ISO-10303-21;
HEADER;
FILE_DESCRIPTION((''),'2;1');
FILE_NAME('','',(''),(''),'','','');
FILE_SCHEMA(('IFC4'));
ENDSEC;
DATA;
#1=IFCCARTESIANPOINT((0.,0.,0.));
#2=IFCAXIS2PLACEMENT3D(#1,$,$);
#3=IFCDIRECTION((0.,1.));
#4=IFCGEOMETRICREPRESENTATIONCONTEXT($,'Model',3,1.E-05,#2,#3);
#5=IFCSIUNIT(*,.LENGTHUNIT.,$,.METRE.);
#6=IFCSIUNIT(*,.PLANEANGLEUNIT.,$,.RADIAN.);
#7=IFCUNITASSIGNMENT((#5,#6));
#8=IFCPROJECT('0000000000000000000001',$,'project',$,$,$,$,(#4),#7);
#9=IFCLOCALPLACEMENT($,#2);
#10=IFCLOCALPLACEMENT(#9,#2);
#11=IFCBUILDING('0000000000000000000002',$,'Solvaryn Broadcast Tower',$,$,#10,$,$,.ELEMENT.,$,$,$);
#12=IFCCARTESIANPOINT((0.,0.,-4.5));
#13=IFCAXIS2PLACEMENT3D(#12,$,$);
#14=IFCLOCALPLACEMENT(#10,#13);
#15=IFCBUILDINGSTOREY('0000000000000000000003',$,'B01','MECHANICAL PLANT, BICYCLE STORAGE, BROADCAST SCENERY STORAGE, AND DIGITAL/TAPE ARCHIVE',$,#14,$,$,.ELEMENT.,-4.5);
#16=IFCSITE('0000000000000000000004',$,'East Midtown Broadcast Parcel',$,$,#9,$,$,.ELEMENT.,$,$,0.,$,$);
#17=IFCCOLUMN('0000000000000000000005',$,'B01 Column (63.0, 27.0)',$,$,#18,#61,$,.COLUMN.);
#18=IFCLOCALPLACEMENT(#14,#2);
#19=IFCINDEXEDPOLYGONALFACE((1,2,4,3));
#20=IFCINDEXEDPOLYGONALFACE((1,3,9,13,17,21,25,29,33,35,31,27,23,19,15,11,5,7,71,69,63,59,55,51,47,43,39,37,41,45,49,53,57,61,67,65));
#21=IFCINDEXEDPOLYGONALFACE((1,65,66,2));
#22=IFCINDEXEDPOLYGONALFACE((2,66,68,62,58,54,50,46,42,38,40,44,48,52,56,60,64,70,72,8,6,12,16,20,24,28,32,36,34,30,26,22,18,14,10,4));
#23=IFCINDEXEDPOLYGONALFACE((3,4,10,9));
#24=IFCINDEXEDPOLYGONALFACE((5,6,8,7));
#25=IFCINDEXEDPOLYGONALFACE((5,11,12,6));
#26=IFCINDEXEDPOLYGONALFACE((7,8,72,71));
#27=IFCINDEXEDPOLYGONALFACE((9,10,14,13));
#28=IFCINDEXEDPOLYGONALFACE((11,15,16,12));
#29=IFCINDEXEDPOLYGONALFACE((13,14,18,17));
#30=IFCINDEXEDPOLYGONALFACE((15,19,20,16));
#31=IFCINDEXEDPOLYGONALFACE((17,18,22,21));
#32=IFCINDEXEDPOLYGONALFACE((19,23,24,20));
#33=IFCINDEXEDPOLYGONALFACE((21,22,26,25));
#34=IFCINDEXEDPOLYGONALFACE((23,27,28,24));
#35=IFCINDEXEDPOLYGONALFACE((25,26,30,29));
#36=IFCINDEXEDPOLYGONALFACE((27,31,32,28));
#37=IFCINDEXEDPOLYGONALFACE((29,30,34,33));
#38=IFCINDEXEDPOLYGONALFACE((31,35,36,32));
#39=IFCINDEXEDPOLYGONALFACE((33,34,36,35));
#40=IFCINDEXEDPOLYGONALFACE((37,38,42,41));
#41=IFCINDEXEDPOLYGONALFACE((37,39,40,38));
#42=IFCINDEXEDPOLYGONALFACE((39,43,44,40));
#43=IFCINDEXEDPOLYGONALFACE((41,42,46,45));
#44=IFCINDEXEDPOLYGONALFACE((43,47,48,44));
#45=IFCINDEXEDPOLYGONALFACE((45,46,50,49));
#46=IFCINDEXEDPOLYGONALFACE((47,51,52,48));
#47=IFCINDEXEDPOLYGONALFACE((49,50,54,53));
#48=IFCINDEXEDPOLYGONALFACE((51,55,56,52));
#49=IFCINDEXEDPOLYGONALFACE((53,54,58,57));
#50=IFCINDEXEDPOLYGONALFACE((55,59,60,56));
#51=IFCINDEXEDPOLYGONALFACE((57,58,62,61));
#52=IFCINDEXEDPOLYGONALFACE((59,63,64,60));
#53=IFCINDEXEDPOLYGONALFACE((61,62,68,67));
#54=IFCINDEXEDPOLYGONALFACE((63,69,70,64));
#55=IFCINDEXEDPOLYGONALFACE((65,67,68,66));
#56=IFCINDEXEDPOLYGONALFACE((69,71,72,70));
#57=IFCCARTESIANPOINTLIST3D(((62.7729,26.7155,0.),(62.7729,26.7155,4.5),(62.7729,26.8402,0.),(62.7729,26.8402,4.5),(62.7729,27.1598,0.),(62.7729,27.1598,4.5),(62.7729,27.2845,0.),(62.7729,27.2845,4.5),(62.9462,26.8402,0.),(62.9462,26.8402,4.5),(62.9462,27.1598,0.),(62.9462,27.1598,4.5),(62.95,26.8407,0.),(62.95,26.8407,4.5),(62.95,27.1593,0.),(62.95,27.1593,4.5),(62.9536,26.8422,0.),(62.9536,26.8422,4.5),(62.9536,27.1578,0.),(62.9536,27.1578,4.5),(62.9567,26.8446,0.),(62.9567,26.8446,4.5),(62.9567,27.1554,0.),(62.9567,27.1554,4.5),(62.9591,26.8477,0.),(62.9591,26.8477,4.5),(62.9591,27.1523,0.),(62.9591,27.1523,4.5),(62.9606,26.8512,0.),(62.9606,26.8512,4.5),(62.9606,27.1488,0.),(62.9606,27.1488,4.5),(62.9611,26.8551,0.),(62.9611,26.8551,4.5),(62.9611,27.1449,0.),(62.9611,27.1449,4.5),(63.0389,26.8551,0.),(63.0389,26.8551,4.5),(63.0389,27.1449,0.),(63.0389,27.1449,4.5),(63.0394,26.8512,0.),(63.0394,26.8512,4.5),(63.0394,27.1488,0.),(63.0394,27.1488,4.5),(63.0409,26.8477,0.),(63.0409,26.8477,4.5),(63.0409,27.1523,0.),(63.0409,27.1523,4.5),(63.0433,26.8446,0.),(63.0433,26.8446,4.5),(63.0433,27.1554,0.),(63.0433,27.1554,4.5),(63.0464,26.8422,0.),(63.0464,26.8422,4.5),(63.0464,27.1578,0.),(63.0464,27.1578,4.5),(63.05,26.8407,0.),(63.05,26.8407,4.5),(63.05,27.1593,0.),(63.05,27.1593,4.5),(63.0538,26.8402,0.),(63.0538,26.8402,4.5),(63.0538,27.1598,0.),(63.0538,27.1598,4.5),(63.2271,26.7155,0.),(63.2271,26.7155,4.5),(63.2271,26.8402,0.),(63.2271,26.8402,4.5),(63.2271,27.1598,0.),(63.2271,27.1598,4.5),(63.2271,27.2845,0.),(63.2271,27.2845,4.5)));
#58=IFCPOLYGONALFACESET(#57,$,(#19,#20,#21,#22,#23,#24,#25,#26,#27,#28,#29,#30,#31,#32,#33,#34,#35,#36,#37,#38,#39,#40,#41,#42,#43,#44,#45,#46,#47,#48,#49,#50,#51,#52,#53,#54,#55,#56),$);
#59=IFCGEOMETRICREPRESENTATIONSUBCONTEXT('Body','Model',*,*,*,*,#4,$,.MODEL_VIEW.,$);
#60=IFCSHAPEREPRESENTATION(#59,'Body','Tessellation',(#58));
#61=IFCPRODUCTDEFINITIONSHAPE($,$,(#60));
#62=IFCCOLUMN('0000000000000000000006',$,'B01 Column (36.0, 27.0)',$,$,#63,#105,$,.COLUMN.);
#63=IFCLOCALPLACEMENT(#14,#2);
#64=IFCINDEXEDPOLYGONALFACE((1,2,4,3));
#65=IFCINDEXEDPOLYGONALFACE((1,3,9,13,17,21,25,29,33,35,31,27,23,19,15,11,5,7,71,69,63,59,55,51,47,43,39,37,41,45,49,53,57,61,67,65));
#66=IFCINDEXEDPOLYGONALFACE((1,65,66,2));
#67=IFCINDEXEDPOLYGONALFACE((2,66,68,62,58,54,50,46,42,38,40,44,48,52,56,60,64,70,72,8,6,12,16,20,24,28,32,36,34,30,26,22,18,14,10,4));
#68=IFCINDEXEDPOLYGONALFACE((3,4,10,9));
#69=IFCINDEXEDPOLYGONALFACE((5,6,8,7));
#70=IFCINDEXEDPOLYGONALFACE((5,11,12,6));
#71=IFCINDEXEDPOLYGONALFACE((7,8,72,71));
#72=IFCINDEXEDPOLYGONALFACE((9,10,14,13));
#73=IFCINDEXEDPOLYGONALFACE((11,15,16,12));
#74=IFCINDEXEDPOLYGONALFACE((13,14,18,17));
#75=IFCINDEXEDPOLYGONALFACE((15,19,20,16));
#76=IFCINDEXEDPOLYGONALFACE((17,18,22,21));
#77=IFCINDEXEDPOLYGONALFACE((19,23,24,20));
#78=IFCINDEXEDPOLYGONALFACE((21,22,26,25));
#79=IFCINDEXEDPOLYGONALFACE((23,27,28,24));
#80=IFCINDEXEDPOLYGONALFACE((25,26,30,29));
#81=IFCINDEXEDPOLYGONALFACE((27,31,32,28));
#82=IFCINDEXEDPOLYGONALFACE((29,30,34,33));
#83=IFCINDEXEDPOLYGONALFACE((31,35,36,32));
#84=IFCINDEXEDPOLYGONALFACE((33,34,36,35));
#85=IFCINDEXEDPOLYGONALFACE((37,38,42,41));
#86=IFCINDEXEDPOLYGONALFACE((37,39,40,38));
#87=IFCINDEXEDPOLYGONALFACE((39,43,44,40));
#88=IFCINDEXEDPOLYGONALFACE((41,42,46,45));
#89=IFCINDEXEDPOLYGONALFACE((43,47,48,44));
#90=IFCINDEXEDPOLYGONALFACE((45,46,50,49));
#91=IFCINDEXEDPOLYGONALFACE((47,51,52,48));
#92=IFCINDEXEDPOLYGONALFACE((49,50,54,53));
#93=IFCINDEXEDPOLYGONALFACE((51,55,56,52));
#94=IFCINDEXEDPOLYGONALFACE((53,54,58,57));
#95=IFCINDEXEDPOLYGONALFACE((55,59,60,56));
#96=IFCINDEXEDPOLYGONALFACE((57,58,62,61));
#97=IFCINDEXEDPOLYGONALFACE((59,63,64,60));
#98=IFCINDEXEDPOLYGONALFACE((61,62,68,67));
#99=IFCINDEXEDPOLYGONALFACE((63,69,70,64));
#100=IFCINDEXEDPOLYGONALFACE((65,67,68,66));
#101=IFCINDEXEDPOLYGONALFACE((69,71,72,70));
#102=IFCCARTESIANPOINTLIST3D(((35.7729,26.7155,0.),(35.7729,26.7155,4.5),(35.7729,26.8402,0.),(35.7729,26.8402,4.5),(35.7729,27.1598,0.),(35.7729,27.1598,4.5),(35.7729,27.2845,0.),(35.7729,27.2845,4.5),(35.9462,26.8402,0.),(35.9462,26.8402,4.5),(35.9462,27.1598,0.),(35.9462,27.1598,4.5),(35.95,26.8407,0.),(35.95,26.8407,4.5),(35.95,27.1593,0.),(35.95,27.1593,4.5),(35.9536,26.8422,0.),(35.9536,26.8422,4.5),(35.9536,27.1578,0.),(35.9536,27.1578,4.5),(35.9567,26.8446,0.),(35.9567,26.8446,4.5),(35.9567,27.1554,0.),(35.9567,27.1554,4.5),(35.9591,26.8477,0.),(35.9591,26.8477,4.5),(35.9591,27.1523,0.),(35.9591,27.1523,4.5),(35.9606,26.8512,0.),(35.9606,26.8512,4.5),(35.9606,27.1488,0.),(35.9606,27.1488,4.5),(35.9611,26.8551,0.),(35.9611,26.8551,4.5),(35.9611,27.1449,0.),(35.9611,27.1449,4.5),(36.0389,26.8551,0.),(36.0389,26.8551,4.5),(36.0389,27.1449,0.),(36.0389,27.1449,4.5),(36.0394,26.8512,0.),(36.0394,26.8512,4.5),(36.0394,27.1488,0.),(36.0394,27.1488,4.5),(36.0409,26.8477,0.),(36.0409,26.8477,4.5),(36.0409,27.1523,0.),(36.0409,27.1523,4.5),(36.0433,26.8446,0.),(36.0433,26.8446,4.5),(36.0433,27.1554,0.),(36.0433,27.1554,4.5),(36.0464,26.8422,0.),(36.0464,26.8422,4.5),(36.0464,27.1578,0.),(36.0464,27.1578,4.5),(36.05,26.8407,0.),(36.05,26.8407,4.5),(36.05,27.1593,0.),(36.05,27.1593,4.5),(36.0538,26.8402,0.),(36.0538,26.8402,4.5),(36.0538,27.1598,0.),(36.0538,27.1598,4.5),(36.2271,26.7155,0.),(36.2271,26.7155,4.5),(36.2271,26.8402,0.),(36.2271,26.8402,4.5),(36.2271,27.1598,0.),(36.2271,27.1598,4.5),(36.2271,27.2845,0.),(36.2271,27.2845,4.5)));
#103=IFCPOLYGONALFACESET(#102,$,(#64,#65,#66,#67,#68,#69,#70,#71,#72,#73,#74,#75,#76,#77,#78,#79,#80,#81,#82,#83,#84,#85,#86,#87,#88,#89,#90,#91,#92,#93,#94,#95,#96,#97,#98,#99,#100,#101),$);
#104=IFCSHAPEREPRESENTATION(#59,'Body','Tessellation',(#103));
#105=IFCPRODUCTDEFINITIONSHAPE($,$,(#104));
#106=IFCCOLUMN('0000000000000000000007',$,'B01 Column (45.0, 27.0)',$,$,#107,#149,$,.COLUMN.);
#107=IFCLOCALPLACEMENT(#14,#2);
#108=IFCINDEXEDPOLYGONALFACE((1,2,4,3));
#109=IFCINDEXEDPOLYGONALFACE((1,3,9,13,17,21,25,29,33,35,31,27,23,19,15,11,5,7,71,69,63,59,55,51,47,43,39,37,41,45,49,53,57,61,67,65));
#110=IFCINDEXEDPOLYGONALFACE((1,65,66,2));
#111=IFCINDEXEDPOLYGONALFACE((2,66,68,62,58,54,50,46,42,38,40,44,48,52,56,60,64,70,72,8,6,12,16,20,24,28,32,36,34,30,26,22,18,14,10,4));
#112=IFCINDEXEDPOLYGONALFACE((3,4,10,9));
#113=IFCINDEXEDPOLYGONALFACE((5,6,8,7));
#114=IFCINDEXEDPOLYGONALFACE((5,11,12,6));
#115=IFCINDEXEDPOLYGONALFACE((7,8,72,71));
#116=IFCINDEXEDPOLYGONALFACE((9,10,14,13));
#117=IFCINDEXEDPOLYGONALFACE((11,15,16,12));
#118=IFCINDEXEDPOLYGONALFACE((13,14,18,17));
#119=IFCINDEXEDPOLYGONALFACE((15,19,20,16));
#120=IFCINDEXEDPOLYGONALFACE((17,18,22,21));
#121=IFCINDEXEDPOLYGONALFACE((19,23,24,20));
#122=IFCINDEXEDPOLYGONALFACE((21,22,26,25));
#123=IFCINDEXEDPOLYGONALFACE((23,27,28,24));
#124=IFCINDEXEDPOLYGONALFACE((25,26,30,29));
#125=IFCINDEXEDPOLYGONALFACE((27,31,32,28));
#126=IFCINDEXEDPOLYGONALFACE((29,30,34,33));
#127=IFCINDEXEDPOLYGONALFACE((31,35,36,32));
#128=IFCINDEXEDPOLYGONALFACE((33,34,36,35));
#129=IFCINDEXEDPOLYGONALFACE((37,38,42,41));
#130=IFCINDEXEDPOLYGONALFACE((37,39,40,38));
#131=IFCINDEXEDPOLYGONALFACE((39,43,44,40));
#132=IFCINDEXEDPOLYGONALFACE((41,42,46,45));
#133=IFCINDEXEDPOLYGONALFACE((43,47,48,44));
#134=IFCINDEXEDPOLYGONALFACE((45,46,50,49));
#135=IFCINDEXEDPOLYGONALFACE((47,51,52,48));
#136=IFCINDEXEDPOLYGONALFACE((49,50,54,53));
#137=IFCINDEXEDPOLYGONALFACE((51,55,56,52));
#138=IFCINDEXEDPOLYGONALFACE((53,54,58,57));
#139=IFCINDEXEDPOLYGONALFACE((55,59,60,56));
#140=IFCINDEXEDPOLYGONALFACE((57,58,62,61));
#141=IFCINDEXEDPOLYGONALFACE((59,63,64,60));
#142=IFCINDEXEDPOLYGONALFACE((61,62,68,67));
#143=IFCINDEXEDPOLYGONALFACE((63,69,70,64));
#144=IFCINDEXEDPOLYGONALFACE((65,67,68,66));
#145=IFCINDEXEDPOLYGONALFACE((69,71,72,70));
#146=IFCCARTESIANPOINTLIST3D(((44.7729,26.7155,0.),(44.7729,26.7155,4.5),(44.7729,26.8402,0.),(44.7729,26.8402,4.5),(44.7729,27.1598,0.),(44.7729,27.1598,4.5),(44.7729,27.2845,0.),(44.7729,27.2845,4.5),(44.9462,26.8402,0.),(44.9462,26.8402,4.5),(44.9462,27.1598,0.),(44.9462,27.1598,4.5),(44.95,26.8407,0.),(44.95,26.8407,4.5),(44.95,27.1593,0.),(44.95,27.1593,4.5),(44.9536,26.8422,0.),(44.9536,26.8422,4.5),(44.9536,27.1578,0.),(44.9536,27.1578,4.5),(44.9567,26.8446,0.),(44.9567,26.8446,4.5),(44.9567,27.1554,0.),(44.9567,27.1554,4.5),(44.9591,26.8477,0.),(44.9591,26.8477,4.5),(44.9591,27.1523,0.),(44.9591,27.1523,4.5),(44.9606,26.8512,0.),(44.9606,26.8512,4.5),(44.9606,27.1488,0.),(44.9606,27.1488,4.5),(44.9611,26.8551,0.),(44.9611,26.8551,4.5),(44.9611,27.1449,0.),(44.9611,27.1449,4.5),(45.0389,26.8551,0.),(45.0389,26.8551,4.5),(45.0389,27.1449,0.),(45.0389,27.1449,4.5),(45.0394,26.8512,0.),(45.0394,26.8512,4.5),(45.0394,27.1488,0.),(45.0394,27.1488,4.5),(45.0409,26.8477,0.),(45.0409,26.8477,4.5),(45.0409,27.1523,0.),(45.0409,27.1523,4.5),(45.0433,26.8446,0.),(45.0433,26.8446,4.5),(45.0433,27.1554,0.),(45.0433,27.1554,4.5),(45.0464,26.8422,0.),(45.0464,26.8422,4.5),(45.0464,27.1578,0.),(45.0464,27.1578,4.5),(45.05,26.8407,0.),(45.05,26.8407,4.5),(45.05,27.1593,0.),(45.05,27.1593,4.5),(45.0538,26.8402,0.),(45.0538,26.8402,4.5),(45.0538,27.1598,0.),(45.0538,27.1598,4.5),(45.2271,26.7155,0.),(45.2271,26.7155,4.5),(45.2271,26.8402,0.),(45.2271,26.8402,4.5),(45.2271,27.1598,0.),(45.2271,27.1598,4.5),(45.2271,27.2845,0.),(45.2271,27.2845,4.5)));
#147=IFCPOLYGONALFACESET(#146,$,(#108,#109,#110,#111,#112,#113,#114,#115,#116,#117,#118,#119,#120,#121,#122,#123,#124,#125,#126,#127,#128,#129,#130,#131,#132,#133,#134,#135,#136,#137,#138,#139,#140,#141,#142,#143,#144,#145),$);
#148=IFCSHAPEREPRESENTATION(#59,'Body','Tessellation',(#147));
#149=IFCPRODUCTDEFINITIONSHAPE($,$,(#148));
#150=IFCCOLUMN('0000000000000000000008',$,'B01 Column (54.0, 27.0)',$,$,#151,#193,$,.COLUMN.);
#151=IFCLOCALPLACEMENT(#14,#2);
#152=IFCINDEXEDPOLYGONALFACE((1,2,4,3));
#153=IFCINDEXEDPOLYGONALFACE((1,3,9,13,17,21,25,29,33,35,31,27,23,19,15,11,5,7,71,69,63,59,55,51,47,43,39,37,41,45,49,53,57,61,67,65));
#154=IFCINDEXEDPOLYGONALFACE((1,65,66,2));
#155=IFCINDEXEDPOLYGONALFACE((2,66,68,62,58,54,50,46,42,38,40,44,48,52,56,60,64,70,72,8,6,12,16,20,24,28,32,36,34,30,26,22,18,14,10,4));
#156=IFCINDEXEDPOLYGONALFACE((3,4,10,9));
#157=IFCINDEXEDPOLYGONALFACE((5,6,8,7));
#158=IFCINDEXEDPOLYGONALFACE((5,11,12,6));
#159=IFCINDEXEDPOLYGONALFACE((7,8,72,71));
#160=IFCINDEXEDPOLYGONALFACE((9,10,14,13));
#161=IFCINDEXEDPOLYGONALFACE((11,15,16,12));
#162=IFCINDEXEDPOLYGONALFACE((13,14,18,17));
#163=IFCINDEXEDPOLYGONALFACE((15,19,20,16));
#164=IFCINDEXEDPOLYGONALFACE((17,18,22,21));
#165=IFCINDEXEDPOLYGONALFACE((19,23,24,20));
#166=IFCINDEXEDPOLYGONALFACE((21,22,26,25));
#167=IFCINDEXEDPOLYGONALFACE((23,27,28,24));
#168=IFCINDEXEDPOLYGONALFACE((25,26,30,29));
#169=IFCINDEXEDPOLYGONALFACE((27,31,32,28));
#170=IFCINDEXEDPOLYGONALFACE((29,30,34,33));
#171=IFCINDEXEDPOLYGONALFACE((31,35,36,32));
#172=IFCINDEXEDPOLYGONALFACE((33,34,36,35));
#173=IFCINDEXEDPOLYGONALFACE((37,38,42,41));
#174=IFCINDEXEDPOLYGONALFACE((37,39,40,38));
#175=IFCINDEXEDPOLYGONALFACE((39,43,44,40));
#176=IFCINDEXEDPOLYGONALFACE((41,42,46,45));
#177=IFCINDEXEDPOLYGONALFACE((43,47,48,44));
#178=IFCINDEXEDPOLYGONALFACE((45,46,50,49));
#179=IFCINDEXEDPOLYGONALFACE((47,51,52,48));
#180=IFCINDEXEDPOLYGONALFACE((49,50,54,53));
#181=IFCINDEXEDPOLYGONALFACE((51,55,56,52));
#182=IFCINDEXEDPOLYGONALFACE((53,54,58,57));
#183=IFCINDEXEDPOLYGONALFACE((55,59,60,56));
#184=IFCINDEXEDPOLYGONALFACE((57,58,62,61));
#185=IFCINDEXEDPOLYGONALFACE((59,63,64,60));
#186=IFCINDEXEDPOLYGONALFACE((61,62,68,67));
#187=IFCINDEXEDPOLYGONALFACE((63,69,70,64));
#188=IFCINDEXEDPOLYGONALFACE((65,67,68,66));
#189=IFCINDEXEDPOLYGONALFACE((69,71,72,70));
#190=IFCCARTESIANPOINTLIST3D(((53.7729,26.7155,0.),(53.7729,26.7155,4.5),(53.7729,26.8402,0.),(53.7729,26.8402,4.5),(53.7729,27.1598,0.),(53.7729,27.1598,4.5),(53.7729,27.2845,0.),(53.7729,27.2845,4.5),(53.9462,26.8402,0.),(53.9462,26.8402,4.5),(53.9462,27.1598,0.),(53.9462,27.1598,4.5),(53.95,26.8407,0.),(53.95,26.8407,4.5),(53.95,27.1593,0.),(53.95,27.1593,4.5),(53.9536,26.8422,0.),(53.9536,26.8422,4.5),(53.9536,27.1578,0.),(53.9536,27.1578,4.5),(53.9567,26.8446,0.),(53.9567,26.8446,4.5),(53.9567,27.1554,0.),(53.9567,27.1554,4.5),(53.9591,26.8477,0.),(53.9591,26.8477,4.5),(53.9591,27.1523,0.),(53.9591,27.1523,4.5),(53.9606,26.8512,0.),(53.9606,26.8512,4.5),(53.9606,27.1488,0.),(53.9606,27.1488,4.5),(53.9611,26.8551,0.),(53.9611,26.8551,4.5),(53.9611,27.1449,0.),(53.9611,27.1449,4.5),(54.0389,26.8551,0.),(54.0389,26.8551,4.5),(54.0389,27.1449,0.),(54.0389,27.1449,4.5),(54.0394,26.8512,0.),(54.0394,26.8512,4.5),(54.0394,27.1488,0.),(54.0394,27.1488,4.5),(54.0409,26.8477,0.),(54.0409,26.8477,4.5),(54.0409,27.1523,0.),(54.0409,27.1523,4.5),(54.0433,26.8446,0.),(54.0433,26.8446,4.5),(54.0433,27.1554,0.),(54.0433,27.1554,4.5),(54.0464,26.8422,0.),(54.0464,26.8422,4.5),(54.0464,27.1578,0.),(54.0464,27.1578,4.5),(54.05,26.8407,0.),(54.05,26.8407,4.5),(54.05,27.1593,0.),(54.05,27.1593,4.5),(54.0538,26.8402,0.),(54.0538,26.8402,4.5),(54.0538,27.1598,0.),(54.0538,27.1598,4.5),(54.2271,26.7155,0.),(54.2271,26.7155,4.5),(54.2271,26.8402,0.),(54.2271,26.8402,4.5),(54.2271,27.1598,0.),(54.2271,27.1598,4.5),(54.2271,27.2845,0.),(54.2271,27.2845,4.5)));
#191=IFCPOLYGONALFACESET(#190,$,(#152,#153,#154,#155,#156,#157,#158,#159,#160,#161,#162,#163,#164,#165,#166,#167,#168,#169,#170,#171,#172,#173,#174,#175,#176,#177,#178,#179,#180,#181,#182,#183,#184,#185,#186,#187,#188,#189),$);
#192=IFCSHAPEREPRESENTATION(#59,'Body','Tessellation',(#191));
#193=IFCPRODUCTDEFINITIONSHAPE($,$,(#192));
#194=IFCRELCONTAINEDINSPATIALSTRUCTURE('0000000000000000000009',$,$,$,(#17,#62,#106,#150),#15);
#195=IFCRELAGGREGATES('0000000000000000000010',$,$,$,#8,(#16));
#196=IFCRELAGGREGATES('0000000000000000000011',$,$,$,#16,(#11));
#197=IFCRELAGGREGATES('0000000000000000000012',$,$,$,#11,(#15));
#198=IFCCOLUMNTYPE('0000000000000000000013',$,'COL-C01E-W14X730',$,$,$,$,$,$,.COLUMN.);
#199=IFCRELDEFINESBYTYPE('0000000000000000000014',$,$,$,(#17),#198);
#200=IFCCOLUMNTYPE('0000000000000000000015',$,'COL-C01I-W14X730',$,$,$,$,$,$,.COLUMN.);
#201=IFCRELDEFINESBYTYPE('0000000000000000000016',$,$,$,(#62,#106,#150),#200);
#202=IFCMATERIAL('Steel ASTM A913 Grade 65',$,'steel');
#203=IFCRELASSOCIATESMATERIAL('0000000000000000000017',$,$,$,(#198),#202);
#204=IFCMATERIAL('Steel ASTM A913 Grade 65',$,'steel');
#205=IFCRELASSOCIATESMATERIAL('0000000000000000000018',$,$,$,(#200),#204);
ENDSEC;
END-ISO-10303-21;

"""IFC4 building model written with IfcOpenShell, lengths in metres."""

from ifc_helpers import new_model, si_unit, direction, frame, origin, origin_2d, place, context, subcontext, project, spatial, i_section, extrude, material, material_profile, profile_set, type_object, element, save


model = new_model("IFC4")

# Units and contexts
model_context = context("Model", 3, precision=1e-05, world=origin(), true_north=direction((0.0, 1.0)))
body_context = subcontext(model_context, "Body", "Model", "MODEL_VIEW")
ifc_project = project(units=[si_unit("LENGTHUNIT", "METRE"), si_unit("PLANEANGLEUNIT", "RADIAN")], contexts=[model_context])

# Site, building, storey
site_placement = place(None, origin())
site = spatial("IfcSite", under=ifc_project, at=site_placement, Name="East Midtown Broadcast Parcel", CompositionType="ELEMENT", RefElevation=0.0)
building_placement = place(site_placement, origin())
building = spatial("IfcBuilding", under=site, at=building_placement, Name="Solvaryn Broadcast Tower", CompositionType="ELEMENT")
storey_placement = place(building_placement, frame((0.0, 0.0, -4.5)))
storey = spatial("IfcBuildingStorey", under=building, at=storey_placement, Name="B01", Description="MECHANICAL PLANT, BICYCLE STORAGE, BROADCAST SCENERY STORAGE, AND DIGITAL/TAPE ARCHIVE", CompositionType="ELEMENT", Elevation=-4.5)

# Columns
ifc_material_1 = material(Name="Steel ASTM A913 Grade 65", Category="steel")
ifc_material_profile_1 = material_profile(ifc_material_1, i_section(OverallWidth=0.4541, OverallDepth=0.5691, WebThickness=0.0779, FlangeThickness=0.1248, FilletRadius=0.0149, at=origin_2d()))
ifc_profile_set_1 = profile_set([ifc_material_profile_1], Name="Steel ASTM A913 Grade 65")
column_type_1 = type_object("IfcColumnType", Name="COL-C01E-W14X730", PredefinedType="COLUMN", material=ifc_profile_set_1)
column_placement = place(storey_placement, frame((63.0, 27.0, 0.0), z_axis=(0.0, 0.0, 1.0), x_axis=(1.0, 0.0, 0.0)))
element("IfcColumn", 1, at=column_placement, inside=storey, type_object=column_type_1, Name="B01 Column (63.0, 27.0)", PredefinedType="COLUMN", context=body_context, shape_type="SweptSolid", body=[
    extrude(i_section(OverallWidth=0.4541, OverallDepth=0.5691, WebThickness=0.0779, FlangeThickness=0.1248, FilletRadius=0.0149, at=origin_2d()), origin(), (0.0, 0.0, 1.0), 4.5),
])
ifc_material_2 = material(Name="Steel ASTM A913 Grade 65", Category="steel")
ifc_material_profile_2 = material_profile(ifc_material_2, i_section(OverallWidth=0.4541, OverallDepth=0.5691, WebThickness=0.0779, FlangeThickness=0.1248, FilletRadius=0.0149, at=origin_2d()))
ifc_profile_set_2 = profile_set([ifc_material_profile_2], Name="Steel ASTM A913 Grade 65")
column_type_2 = type_object("IfcColumnType", Name="COL-C01I-W14X730", PredefinedType="COLUMN", material=ifc_profile_set_2)
for number, where, z_axis, x_axis, name in (
    (2, (36.0, 27.0, 0.0), (0.0, 0.0, 1.0), (1.0, 0.0, 0.0), "B01 Column (36.0, 27.0)"),
    (3, (45.0, 27.0, 0.0), (0.0, 0.0, 1.0), (1.0, 0.0, 0.0), "B01 Column (45.0, 27.0)"),
    (4, (54.0, 27.0, 0.0), (0.0, 0.0, 1.0), (1.0, 0.0, 0.0), "B01 Column (54.0, 27.0)"),
):
    element("IfcColumn", number, at=place(storey_placement, frame(where, z_axis=z_axis, x_axis=x_axis)), inside=storey, type_object=column_type_2, Name=name, PredefinedType="COLUMN", context=body_context, shape_type="SweptSolid", body=[
        extrude(i_section(OverallWidth=0.4541, OverallDepth=0.5691, WebThickness=0.0779, FlangeThickness=0.1248, FilletRadius=0.0149, at=origin_2d()), origin(), (0.0, 0.0, 1.0), 4.5),
    ])

save(model, "model.ifc")
